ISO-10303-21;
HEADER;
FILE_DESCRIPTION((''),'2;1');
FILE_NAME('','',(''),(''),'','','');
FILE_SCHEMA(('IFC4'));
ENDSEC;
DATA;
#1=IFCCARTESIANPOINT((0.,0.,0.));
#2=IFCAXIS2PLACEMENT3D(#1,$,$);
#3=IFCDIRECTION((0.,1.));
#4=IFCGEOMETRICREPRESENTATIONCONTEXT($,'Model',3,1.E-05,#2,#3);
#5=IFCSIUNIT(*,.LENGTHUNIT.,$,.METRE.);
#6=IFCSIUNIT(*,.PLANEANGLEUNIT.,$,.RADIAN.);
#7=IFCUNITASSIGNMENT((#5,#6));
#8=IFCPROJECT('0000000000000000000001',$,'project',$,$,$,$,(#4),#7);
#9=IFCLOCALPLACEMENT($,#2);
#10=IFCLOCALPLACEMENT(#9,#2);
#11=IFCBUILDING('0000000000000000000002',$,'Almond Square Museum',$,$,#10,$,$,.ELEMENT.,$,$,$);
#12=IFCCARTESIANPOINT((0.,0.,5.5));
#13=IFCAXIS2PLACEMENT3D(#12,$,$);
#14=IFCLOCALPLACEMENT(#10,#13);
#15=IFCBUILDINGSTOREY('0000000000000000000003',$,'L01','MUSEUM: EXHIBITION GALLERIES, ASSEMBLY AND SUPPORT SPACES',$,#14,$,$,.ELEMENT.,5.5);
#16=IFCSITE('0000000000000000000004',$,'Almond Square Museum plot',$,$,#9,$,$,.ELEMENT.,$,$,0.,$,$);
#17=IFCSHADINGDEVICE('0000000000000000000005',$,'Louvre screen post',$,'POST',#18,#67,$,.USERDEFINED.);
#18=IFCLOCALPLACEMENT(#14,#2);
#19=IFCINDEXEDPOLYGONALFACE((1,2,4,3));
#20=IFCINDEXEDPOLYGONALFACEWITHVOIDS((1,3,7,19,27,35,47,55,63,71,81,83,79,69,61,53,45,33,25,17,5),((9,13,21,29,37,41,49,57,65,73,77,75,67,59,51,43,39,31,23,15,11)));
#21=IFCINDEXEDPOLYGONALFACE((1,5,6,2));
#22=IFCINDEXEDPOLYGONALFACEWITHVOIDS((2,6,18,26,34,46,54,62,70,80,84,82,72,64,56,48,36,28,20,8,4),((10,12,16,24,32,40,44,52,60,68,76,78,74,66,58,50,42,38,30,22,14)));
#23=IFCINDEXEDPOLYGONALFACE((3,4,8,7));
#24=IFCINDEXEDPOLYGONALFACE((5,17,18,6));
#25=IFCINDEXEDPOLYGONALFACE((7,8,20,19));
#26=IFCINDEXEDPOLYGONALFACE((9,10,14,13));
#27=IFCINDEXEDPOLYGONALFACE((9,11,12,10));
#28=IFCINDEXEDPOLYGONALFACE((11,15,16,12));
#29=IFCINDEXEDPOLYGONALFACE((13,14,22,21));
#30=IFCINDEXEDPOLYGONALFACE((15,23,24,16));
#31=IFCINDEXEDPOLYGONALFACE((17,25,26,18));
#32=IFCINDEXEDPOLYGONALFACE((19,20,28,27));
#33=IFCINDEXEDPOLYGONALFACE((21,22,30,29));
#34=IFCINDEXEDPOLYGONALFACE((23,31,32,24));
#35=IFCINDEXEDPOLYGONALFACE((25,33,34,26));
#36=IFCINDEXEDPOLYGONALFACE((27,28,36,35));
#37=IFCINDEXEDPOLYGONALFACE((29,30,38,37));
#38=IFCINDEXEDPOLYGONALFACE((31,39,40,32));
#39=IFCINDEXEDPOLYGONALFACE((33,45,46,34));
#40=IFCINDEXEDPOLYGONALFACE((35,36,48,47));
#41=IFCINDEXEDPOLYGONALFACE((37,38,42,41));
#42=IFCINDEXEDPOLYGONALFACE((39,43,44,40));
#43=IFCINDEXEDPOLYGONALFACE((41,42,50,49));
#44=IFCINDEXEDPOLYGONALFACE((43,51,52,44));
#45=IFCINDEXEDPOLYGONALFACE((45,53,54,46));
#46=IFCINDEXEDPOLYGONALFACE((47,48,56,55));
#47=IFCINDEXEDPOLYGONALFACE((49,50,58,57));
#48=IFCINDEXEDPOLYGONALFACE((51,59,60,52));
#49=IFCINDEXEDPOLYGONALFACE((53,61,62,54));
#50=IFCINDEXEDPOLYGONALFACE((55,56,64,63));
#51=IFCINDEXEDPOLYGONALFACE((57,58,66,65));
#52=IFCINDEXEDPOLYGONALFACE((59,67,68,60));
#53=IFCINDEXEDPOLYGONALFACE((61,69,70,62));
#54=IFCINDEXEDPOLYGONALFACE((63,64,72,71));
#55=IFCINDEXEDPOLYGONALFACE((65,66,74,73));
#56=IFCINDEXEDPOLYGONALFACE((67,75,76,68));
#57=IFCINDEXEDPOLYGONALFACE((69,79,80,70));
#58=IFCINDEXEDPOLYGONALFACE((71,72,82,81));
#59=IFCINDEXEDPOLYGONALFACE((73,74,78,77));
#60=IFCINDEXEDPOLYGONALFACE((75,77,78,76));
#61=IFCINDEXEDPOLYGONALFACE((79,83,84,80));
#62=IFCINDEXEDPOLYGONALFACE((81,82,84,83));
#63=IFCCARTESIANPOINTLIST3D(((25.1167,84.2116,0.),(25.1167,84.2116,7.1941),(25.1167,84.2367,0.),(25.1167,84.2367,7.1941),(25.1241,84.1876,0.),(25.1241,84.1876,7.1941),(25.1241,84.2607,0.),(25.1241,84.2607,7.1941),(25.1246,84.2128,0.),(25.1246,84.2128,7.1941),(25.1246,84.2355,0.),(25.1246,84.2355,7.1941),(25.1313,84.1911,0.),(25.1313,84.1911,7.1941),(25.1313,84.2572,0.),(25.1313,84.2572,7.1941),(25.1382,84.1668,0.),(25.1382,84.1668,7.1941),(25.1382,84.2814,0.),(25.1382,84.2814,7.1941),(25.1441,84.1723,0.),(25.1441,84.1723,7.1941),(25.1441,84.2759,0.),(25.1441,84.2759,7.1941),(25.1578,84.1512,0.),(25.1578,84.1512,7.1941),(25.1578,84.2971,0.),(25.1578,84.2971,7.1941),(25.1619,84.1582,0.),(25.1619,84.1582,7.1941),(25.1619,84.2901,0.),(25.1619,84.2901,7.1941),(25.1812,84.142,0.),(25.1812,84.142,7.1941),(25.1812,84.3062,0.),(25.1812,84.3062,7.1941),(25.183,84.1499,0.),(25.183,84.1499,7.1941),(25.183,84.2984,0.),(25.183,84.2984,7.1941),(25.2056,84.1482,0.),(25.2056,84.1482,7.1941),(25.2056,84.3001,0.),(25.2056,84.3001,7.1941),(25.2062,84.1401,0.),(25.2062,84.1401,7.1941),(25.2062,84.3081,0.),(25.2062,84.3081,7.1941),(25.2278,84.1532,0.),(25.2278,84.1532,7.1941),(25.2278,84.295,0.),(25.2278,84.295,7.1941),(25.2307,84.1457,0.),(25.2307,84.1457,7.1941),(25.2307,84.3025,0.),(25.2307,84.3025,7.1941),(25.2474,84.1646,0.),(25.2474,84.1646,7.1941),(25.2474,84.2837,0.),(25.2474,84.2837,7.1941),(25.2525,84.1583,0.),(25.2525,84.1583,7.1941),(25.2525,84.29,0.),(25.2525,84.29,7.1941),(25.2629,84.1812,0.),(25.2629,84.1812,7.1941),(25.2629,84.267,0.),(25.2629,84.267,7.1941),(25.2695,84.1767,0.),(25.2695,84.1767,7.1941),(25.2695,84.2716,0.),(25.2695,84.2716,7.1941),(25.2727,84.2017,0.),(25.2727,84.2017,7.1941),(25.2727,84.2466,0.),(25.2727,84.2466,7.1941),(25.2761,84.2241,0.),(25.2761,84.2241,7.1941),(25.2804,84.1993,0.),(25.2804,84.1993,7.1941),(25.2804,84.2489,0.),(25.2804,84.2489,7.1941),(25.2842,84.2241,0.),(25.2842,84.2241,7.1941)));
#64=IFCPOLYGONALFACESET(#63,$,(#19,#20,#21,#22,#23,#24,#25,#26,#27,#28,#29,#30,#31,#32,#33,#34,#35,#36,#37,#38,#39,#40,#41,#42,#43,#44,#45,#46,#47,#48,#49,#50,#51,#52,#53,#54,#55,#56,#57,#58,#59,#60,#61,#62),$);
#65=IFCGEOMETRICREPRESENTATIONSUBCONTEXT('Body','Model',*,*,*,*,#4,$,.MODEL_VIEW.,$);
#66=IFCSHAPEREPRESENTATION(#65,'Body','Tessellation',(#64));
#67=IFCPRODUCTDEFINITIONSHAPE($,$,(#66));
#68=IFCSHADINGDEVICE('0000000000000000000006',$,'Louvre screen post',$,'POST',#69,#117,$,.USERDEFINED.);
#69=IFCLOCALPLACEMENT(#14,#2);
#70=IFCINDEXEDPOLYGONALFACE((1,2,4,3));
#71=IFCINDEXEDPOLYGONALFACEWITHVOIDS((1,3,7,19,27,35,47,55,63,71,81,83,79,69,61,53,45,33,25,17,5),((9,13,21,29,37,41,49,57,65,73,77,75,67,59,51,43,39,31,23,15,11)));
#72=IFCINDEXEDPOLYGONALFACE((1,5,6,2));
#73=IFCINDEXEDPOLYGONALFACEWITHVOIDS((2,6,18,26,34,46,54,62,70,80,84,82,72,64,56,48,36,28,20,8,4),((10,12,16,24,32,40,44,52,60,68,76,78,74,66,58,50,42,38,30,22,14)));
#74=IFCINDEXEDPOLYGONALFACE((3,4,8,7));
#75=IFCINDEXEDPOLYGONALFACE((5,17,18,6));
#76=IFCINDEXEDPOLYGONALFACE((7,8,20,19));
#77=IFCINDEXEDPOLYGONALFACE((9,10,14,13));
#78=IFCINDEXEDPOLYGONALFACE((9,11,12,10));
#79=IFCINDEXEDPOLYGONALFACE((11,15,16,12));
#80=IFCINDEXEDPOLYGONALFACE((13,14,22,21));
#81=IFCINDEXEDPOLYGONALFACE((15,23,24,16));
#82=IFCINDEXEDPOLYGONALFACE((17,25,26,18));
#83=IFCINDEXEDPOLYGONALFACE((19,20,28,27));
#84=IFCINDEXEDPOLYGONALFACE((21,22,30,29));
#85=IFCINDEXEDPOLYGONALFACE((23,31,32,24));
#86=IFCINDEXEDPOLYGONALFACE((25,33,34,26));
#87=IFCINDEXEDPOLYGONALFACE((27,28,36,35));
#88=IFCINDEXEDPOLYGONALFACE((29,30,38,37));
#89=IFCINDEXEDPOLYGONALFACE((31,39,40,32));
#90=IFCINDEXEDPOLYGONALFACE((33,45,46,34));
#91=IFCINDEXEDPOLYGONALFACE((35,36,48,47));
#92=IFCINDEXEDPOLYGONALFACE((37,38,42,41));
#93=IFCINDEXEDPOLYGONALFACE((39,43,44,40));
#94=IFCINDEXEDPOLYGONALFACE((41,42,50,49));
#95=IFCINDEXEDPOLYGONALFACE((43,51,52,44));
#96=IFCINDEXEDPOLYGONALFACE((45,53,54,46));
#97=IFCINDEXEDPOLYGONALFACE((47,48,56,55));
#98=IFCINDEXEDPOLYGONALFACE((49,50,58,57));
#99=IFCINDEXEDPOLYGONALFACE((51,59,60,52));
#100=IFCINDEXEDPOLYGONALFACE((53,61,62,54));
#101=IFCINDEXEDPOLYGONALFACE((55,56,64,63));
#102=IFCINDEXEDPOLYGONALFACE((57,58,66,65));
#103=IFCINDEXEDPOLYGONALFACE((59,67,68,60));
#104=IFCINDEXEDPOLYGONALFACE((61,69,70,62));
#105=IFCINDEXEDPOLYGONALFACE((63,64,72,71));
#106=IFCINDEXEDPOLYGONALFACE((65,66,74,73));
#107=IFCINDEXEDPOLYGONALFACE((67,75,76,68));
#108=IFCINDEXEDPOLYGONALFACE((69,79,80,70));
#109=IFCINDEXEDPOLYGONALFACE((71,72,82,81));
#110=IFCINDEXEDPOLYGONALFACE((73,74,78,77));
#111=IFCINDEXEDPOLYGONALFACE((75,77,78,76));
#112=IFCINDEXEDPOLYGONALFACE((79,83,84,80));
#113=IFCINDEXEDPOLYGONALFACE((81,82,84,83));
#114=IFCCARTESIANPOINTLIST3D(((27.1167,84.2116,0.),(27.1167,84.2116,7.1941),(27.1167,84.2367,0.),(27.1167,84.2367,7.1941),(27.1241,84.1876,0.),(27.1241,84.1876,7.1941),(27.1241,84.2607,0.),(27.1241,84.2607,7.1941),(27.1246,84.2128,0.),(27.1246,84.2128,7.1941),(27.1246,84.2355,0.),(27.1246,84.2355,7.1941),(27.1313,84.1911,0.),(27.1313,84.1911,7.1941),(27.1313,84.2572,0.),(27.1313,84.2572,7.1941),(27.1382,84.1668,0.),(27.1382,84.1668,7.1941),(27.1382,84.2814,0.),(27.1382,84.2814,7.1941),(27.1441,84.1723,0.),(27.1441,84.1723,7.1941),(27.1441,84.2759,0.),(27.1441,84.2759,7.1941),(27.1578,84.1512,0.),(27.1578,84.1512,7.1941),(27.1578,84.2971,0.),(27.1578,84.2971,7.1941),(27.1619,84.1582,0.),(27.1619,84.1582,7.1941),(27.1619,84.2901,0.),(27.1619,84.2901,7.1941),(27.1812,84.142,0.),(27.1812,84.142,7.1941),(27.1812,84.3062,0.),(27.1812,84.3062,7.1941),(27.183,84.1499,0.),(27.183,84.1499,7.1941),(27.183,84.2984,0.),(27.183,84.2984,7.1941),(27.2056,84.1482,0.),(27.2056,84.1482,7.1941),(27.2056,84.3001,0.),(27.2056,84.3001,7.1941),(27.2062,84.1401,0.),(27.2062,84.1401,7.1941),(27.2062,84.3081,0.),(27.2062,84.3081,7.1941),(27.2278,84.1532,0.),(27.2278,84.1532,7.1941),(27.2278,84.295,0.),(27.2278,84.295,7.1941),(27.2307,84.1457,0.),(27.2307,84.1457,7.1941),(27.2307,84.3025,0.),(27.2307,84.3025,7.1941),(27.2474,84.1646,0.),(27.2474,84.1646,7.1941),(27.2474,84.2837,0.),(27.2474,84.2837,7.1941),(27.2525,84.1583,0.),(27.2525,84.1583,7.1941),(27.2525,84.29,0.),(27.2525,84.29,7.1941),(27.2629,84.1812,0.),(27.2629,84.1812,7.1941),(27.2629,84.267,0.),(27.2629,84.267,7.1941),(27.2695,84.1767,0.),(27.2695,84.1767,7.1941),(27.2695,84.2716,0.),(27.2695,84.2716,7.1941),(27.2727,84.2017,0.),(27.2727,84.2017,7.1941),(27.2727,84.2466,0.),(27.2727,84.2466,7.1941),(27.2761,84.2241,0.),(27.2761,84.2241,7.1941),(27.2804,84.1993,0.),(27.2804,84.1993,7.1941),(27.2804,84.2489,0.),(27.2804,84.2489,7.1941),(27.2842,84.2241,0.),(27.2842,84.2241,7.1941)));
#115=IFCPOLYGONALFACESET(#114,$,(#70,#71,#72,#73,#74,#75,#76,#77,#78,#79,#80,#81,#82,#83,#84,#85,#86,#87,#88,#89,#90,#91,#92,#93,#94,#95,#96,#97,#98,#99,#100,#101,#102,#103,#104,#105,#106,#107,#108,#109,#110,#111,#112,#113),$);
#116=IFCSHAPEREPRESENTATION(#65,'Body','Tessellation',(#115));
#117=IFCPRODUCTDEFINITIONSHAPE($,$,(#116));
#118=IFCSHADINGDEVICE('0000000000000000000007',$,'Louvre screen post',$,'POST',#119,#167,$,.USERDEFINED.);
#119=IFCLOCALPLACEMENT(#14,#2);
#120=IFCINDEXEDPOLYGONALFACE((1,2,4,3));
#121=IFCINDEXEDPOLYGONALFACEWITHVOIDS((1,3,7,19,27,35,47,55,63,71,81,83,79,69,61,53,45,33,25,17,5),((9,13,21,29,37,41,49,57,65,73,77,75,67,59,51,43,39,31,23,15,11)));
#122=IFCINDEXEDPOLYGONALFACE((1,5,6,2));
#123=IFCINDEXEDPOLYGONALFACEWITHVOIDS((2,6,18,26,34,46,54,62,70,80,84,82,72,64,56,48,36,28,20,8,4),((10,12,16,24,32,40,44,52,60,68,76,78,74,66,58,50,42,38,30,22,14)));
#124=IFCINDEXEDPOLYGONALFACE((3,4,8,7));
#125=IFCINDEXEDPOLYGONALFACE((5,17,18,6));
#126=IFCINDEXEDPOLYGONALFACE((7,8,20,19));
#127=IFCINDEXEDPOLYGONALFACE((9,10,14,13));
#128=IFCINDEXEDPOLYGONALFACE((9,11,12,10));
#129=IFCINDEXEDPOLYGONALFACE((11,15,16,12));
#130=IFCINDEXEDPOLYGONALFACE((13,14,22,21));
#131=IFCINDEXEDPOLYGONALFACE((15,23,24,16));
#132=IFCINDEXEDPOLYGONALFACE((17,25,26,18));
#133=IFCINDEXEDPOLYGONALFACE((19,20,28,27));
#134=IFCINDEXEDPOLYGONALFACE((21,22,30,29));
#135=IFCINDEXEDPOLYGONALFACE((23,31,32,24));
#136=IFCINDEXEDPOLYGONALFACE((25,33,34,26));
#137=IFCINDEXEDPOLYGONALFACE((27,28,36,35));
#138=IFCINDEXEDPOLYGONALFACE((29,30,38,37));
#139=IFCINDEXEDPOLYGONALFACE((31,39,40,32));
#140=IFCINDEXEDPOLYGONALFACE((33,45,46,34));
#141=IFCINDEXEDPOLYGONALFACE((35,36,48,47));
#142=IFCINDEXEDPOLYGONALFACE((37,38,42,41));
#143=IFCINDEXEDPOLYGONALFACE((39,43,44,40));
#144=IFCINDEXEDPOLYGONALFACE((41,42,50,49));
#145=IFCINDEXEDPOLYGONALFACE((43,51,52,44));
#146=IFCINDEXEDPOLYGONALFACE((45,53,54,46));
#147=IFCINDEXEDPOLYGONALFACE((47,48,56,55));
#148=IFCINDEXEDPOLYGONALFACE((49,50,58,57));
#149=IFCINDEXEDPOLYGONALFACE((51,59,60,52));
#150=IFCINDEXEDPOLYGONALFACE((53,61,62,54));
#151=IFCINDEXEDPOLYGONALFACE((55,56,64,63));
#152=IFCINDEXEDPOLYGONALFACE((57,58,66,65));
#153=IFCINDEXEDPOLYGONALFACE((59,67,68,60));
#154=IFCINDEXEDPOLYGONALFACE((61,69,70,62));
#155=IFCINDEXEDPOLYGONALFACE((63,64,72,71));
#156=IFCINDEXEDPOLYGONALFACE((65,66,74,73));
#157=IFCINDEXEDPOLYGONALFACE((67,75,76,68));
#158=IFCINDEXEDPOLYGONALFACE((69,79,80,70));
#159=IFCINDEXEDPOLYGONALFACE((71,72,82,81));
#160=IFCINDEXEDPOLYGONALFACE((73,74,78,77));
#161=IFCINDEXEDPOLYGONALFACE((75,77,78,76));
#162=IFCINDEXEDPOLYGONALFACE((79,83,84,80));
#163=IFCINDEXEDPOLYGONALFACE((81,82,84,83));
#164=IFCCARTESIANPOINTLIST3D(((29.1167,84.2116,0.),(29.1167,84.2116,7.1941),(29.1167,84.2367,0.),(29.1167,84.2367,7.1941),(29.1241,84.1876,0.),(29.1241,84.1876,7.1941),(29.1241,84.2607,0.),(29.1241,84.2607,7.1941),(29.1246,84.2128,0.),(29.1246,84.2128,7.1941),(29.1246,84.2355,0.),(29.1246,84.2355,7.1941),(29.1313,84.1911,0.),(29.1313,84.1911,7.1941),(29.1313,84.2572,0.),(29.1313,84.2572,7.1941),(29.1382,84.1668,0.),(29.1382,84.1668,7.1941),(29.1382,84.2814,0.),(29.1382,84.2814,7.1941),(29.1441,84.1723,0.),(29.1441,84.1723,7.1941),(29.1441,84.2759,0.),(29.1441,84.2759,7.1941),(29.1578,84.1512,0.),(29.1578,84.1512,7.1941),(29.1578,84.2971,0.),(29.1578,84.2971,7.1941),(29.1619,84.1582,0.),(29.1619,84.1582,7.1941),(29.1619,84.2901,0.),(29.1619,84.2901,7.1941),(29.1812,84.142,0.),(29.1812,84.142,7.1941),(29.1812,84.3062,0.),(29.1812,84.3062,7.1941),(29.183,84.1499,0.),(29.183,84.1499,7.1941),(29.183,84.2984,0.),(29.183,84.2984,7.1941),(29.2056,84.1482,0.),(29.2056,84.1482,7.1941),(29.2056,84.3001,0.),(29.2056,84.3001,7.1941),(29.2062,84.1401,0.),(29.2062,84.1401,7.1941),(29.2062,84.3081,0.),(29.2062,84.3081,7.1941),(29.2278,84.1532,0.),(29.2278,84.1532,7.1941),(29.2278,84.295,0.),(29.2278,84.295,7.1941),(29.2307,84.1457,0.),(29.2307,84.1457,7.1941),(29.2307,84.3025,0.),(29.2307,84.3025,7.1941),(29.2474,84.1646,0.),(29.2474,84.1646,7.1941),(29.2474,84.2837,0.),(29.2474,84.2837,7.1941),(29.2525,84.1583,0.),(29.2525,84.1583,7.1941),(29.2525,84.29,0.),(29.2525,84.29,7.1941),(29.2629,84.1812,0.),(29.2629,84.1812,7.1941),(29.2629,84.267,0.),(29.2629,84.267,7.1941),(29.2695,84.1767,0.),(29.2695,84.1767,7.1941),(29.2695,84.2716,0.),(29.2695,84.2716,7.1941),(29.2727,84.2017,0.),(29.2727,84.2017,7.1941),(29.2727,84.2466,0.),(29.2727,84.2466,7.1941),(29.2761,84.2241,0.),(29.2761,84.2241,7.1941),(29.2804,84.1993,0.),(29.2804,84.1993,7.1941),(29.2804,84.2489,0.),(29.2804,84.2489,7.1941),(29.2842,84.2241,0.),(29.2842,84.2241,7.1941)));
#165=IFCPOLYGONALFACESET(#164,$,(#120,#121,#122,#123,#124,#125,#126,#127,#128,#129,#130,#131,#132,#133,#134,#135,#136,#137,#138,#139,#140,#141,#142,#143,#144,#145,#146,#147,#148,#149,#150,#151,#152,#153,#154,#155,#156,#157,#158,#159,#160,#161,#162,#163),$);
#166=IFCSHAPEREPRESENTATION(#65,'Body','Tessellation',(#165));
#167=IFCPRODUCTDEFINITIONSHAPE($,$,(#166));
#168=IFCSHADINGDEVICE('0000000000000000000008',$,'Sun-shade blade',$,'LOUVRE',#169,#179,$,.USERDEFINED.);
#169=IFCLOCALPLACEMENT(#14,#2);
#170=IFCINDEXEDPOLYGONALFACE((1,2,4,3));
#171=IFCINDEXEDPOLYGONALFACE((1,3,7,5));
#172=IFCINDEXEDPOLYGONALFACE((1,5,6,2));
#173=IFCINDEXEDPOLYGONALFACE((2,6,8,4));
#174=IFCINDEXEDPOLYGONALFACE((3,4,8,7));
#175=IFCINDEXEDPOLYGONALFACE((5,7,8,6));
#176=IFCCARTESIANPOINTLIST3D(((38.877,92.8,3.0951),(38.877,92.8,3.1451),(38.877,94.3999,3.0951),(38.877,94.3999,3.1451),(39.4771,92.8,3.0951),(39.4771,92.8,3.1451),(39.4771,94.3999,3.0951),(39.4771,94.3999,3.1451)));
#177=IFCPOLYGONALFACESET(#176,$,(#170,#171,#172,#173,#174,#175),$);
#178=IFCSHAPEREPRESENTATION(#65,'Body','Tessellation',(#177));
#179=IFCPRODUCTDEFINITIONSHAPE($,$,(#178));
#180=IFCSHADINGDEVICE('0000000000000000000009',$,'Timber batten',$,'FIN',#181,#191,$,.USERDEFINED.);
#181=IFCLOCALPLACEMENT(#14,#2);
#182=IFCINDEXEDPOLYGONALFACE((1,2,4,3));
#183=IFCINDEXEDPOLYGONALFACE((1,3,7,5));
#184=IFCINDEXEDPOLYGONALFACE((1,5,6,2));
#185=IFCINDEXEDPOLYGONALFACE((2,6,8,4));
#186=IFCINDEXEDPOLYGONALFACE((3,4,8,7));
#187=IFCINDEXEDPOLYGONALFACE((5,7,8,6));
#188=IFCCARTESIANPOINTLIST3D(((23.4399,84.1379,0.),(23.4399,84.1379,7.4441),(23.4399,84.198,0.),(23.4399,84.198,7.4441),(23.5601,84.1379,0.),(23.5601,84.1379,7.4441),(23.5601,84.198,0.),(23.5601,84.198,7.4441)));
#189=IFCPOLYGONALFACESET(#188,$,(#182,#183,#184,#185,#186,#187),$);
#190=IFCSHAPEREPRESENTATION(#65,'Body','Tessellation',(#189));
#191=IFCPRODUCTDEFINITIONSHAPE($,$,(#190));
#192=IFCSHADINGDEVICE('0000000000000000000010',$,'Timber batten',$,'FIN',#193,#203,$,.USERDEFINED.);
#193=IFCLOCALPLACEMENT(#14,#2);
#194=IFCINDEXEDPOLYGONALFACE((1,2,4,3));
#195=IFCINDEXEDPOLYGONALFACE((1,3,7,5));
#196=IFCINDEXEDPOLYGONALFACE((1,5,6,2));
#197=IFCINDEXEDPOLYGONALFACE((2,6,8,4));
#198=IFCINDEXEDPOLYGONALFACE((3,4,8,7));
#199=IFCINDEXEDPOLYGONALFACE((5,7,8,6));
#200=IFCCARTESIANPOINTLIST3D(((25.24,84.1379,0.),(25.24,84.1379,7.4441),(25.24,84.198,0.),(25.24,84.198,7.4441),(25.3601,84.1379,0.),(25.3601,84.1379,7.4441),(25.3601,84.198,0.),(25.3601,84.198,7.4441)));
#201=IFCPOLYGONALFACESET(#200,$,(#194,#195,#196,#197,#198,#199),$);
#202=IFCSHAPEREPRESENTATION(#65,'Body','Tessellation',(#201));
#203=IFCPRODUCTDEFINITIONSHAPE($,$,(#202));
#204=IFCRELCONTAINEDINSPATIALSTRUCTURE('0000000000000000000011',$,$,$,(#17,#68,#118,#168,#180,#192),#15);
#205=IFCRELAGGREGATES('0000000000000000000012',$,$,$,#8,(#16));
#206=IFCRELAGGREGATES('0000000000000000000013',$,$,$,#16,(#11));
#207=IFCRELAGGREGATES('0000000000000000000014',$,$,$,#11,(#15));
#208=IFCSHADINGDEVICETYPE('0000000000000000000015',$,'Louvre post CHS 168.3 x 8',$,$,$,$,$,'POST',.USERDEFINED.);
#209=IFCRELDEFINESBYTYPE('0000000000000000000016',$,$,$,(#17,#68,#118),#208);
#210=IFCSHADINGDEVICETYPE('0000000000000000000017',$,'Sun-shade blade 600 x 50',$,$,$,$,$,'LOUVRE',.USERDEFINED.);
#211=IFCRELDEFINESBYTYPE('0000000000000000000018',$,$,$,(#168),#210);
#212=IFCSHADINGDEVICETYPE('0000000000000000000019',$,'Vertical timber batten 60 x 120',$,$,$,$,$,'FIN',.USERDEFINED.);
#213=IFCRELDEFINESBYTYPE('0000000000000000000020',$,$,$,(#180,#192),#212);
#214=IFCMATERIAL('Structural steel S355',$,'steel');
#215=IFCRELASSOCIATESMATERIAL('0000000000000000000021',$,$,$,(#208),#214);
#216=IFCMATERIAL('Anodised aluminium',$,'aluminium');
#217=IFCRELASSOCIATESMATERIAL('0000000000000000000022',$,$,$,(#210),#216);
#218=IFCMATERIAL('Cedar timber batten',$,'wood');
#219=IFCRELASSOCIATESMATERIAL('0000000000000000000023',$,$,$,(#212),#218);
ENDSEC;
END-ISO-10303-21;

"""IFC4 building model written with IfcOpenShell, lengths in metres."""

from ifc_helpers import new_model, si_unit, direction, frame, origin, origin_2d, place, context, subcontext, project, spatial, rectangle, hollow_circle, extrude, material, material_profile, profile_set, type_object, element, save


model = new_model("IFC4")

# Units and contexts
model_context = context("Model", 3, precision=1e-05, world=origin(), true_north=direction((0.0, 1.0)))
body_context = subcontext(model_context, "Body", "Model", "MODEL_VIEW")
ifc_project = project(units=[si_unit("LENGTHUNIT", "METRE"), si_unit("PLANEANGLEUNIT", "RADIAN")], contexts=[model_context])

# Site, building, storey
site_placement = place(None, origin())
site = spatial("IfcSite", under=ifc_project, at=site_placement, Name="Almond Square Museum plot", CompositionType="ELEMENT", RefElevation=0.0)
building_placement = place(site_placement, origin())
building = spatial("IfcBuilding", under=site, at=building_placement, Name="Almond Square Museum", CompositionType="ELEMENT")
storey_placement = place(building_placement, frame((0.0, 0.0, 5.5)))
storey = spatial("IfcBuildingStorey", under=building, at=storey_placement, Name="L01", Description="MUSEUM: EXHIBITION GALLERIES, ASSEMBLY AND SUPPORT SPACES", CompositionType="ELEMENT", Elevation=5.5)

# Shading devices
ifc_material_1 = material(Name="Structural steel S355", Category="steel")
ifc_material_profile_1 = material_profile(ifc_material_1, hollow_circle(Radius=0.0842, WallThickness=0.0081, at=origin_2d()))
ifc_profile_set_1 = profile_set([ifc_material_profile_1], Name="Structural steel S355")
shading_device_type_1 = type_object("IfcShadingDeviceType", Name="Louvre post CHS 168.3 x 8", ElementType="POST", PredefinedType="USERDEFINED", material=ifc_profile_set_1)
for number, where, z_axis, x_axis, name in (
    (1, (25.2, 84.2241, 0.0), (0.0, 0.0, 1.0), (1.0, 0.0, 0.0), "Louvre screen post"),
    (2, (27.2, 84.2241, 0.0), (0.0, 0.0, 1.0), (1.0, 0.0, 0.0), "Louvre screen post"),
    (3, (29.2, 84.2241, 0.0), (0.0, 0.0, 1.0), (1.0, 0.0, 0.0), "Louvre screen post"),
):
    element("IfcShadingDevice", number, at=place(storey_placement, frame(where, z_axis=z_axis, x_axis=x_axis)), inside=storey, type_object=shading_device_type_1, Name=name, ObjectType="POST", PredefinedType="USERDEFINED", context=body_context, shape_type="SweptSolid", body=[
        extrude(hollow_circle(Radius=0.0842, WallThickness=0.0081, at=origin_2d()), origin(), (0.0, 0.0, 1.0), 7.1941),
    ])
ifc_material_2 = material(Name="Anodised aluminium", Category="aluminium")
ifc_material_profile_2 = material_profile(ifc_material_2, rectangle(XDim=0.6001, YDim=0.05, at=origin_2d()))
ifc_profile_set_2 = profile_set([ifc_material_profile_2], Name="Anodised aluminium")
shading_device_type_2 = type_object("IfcShadingDeviceType", Name="Sun-shade blade 600 x 50", ElementType="LOUVRE", PredefinedType="USERDEFINED", material=ifc_profile_set_2)
shading_device_placement = place(storey_placement, frame((39.177, 92.8, 3.1201), z_axis=(0.0, 1.0, 0.0), x_axis=(-1.0, 0.0, 0.0)))
element("IfcShadingDevice", 4, at=shading_device_placement, inside=storey, type_object=shading_device_type_2, Name="Sun-shade blade", ObjectType="LOUVRE", PredefinedType="USERDEFINED", context=body_context, shape_type="SweptSolid", body=[
    extrude(rectangle(XDim=0.6001, YDim=0.05, at=origin_2d()), origin(), (0.0, 0.0, 1.0), 1.5999),
])
ifc_material_3 = material(Name="Cedar timber batten", Category="wood")
ifc_material_profile_3 = material_profile(ifc_material_3, rectangle(XDim=0.0601, YDim=0.1201, at=origin_2d()))
ifc_profile_set_3 = profile_set([ifc_material_profile_3], Name="Cedar timber batten")
shading_device_type_3 = type_object("IfcShadingDeviceType", Name="Vertical timber batten 60 x 120", ElementType="FIN", PredefinedType="USERDEFINED", material=ifc_profile_set_3)
for number, where, z_axis, x_axis, name in (
    (5, (23.5, 84.168, 0.0), (0.0, 0.0, 1.0), (0.0, 1.0, 0.0), "Timber batten"),
    (6, (25.3, 84.168, 0.0), (0.0, 0.0, 1.0), (0.0, 1.0, 0.0), "Timber batten"),
):
    element("IfcShadingDevice", number, at=place(storey_placement, frame(where, z_axis=z_axis, x_axis=x_axis)), inside=storey, type_object=shading_device_type_3, Name=name, ObjectType="FIN", PredefinedType="USERDEFINED", context=body_context, shape_type="SweptSolid", body=[
        extrude(rectangle(XDim=0.0601, YDim=0.1201, at=origin_2d()), origin(), (0.0, 0.0, 1.0), 7.4441),
    ])

save(model, "model.ifc")
